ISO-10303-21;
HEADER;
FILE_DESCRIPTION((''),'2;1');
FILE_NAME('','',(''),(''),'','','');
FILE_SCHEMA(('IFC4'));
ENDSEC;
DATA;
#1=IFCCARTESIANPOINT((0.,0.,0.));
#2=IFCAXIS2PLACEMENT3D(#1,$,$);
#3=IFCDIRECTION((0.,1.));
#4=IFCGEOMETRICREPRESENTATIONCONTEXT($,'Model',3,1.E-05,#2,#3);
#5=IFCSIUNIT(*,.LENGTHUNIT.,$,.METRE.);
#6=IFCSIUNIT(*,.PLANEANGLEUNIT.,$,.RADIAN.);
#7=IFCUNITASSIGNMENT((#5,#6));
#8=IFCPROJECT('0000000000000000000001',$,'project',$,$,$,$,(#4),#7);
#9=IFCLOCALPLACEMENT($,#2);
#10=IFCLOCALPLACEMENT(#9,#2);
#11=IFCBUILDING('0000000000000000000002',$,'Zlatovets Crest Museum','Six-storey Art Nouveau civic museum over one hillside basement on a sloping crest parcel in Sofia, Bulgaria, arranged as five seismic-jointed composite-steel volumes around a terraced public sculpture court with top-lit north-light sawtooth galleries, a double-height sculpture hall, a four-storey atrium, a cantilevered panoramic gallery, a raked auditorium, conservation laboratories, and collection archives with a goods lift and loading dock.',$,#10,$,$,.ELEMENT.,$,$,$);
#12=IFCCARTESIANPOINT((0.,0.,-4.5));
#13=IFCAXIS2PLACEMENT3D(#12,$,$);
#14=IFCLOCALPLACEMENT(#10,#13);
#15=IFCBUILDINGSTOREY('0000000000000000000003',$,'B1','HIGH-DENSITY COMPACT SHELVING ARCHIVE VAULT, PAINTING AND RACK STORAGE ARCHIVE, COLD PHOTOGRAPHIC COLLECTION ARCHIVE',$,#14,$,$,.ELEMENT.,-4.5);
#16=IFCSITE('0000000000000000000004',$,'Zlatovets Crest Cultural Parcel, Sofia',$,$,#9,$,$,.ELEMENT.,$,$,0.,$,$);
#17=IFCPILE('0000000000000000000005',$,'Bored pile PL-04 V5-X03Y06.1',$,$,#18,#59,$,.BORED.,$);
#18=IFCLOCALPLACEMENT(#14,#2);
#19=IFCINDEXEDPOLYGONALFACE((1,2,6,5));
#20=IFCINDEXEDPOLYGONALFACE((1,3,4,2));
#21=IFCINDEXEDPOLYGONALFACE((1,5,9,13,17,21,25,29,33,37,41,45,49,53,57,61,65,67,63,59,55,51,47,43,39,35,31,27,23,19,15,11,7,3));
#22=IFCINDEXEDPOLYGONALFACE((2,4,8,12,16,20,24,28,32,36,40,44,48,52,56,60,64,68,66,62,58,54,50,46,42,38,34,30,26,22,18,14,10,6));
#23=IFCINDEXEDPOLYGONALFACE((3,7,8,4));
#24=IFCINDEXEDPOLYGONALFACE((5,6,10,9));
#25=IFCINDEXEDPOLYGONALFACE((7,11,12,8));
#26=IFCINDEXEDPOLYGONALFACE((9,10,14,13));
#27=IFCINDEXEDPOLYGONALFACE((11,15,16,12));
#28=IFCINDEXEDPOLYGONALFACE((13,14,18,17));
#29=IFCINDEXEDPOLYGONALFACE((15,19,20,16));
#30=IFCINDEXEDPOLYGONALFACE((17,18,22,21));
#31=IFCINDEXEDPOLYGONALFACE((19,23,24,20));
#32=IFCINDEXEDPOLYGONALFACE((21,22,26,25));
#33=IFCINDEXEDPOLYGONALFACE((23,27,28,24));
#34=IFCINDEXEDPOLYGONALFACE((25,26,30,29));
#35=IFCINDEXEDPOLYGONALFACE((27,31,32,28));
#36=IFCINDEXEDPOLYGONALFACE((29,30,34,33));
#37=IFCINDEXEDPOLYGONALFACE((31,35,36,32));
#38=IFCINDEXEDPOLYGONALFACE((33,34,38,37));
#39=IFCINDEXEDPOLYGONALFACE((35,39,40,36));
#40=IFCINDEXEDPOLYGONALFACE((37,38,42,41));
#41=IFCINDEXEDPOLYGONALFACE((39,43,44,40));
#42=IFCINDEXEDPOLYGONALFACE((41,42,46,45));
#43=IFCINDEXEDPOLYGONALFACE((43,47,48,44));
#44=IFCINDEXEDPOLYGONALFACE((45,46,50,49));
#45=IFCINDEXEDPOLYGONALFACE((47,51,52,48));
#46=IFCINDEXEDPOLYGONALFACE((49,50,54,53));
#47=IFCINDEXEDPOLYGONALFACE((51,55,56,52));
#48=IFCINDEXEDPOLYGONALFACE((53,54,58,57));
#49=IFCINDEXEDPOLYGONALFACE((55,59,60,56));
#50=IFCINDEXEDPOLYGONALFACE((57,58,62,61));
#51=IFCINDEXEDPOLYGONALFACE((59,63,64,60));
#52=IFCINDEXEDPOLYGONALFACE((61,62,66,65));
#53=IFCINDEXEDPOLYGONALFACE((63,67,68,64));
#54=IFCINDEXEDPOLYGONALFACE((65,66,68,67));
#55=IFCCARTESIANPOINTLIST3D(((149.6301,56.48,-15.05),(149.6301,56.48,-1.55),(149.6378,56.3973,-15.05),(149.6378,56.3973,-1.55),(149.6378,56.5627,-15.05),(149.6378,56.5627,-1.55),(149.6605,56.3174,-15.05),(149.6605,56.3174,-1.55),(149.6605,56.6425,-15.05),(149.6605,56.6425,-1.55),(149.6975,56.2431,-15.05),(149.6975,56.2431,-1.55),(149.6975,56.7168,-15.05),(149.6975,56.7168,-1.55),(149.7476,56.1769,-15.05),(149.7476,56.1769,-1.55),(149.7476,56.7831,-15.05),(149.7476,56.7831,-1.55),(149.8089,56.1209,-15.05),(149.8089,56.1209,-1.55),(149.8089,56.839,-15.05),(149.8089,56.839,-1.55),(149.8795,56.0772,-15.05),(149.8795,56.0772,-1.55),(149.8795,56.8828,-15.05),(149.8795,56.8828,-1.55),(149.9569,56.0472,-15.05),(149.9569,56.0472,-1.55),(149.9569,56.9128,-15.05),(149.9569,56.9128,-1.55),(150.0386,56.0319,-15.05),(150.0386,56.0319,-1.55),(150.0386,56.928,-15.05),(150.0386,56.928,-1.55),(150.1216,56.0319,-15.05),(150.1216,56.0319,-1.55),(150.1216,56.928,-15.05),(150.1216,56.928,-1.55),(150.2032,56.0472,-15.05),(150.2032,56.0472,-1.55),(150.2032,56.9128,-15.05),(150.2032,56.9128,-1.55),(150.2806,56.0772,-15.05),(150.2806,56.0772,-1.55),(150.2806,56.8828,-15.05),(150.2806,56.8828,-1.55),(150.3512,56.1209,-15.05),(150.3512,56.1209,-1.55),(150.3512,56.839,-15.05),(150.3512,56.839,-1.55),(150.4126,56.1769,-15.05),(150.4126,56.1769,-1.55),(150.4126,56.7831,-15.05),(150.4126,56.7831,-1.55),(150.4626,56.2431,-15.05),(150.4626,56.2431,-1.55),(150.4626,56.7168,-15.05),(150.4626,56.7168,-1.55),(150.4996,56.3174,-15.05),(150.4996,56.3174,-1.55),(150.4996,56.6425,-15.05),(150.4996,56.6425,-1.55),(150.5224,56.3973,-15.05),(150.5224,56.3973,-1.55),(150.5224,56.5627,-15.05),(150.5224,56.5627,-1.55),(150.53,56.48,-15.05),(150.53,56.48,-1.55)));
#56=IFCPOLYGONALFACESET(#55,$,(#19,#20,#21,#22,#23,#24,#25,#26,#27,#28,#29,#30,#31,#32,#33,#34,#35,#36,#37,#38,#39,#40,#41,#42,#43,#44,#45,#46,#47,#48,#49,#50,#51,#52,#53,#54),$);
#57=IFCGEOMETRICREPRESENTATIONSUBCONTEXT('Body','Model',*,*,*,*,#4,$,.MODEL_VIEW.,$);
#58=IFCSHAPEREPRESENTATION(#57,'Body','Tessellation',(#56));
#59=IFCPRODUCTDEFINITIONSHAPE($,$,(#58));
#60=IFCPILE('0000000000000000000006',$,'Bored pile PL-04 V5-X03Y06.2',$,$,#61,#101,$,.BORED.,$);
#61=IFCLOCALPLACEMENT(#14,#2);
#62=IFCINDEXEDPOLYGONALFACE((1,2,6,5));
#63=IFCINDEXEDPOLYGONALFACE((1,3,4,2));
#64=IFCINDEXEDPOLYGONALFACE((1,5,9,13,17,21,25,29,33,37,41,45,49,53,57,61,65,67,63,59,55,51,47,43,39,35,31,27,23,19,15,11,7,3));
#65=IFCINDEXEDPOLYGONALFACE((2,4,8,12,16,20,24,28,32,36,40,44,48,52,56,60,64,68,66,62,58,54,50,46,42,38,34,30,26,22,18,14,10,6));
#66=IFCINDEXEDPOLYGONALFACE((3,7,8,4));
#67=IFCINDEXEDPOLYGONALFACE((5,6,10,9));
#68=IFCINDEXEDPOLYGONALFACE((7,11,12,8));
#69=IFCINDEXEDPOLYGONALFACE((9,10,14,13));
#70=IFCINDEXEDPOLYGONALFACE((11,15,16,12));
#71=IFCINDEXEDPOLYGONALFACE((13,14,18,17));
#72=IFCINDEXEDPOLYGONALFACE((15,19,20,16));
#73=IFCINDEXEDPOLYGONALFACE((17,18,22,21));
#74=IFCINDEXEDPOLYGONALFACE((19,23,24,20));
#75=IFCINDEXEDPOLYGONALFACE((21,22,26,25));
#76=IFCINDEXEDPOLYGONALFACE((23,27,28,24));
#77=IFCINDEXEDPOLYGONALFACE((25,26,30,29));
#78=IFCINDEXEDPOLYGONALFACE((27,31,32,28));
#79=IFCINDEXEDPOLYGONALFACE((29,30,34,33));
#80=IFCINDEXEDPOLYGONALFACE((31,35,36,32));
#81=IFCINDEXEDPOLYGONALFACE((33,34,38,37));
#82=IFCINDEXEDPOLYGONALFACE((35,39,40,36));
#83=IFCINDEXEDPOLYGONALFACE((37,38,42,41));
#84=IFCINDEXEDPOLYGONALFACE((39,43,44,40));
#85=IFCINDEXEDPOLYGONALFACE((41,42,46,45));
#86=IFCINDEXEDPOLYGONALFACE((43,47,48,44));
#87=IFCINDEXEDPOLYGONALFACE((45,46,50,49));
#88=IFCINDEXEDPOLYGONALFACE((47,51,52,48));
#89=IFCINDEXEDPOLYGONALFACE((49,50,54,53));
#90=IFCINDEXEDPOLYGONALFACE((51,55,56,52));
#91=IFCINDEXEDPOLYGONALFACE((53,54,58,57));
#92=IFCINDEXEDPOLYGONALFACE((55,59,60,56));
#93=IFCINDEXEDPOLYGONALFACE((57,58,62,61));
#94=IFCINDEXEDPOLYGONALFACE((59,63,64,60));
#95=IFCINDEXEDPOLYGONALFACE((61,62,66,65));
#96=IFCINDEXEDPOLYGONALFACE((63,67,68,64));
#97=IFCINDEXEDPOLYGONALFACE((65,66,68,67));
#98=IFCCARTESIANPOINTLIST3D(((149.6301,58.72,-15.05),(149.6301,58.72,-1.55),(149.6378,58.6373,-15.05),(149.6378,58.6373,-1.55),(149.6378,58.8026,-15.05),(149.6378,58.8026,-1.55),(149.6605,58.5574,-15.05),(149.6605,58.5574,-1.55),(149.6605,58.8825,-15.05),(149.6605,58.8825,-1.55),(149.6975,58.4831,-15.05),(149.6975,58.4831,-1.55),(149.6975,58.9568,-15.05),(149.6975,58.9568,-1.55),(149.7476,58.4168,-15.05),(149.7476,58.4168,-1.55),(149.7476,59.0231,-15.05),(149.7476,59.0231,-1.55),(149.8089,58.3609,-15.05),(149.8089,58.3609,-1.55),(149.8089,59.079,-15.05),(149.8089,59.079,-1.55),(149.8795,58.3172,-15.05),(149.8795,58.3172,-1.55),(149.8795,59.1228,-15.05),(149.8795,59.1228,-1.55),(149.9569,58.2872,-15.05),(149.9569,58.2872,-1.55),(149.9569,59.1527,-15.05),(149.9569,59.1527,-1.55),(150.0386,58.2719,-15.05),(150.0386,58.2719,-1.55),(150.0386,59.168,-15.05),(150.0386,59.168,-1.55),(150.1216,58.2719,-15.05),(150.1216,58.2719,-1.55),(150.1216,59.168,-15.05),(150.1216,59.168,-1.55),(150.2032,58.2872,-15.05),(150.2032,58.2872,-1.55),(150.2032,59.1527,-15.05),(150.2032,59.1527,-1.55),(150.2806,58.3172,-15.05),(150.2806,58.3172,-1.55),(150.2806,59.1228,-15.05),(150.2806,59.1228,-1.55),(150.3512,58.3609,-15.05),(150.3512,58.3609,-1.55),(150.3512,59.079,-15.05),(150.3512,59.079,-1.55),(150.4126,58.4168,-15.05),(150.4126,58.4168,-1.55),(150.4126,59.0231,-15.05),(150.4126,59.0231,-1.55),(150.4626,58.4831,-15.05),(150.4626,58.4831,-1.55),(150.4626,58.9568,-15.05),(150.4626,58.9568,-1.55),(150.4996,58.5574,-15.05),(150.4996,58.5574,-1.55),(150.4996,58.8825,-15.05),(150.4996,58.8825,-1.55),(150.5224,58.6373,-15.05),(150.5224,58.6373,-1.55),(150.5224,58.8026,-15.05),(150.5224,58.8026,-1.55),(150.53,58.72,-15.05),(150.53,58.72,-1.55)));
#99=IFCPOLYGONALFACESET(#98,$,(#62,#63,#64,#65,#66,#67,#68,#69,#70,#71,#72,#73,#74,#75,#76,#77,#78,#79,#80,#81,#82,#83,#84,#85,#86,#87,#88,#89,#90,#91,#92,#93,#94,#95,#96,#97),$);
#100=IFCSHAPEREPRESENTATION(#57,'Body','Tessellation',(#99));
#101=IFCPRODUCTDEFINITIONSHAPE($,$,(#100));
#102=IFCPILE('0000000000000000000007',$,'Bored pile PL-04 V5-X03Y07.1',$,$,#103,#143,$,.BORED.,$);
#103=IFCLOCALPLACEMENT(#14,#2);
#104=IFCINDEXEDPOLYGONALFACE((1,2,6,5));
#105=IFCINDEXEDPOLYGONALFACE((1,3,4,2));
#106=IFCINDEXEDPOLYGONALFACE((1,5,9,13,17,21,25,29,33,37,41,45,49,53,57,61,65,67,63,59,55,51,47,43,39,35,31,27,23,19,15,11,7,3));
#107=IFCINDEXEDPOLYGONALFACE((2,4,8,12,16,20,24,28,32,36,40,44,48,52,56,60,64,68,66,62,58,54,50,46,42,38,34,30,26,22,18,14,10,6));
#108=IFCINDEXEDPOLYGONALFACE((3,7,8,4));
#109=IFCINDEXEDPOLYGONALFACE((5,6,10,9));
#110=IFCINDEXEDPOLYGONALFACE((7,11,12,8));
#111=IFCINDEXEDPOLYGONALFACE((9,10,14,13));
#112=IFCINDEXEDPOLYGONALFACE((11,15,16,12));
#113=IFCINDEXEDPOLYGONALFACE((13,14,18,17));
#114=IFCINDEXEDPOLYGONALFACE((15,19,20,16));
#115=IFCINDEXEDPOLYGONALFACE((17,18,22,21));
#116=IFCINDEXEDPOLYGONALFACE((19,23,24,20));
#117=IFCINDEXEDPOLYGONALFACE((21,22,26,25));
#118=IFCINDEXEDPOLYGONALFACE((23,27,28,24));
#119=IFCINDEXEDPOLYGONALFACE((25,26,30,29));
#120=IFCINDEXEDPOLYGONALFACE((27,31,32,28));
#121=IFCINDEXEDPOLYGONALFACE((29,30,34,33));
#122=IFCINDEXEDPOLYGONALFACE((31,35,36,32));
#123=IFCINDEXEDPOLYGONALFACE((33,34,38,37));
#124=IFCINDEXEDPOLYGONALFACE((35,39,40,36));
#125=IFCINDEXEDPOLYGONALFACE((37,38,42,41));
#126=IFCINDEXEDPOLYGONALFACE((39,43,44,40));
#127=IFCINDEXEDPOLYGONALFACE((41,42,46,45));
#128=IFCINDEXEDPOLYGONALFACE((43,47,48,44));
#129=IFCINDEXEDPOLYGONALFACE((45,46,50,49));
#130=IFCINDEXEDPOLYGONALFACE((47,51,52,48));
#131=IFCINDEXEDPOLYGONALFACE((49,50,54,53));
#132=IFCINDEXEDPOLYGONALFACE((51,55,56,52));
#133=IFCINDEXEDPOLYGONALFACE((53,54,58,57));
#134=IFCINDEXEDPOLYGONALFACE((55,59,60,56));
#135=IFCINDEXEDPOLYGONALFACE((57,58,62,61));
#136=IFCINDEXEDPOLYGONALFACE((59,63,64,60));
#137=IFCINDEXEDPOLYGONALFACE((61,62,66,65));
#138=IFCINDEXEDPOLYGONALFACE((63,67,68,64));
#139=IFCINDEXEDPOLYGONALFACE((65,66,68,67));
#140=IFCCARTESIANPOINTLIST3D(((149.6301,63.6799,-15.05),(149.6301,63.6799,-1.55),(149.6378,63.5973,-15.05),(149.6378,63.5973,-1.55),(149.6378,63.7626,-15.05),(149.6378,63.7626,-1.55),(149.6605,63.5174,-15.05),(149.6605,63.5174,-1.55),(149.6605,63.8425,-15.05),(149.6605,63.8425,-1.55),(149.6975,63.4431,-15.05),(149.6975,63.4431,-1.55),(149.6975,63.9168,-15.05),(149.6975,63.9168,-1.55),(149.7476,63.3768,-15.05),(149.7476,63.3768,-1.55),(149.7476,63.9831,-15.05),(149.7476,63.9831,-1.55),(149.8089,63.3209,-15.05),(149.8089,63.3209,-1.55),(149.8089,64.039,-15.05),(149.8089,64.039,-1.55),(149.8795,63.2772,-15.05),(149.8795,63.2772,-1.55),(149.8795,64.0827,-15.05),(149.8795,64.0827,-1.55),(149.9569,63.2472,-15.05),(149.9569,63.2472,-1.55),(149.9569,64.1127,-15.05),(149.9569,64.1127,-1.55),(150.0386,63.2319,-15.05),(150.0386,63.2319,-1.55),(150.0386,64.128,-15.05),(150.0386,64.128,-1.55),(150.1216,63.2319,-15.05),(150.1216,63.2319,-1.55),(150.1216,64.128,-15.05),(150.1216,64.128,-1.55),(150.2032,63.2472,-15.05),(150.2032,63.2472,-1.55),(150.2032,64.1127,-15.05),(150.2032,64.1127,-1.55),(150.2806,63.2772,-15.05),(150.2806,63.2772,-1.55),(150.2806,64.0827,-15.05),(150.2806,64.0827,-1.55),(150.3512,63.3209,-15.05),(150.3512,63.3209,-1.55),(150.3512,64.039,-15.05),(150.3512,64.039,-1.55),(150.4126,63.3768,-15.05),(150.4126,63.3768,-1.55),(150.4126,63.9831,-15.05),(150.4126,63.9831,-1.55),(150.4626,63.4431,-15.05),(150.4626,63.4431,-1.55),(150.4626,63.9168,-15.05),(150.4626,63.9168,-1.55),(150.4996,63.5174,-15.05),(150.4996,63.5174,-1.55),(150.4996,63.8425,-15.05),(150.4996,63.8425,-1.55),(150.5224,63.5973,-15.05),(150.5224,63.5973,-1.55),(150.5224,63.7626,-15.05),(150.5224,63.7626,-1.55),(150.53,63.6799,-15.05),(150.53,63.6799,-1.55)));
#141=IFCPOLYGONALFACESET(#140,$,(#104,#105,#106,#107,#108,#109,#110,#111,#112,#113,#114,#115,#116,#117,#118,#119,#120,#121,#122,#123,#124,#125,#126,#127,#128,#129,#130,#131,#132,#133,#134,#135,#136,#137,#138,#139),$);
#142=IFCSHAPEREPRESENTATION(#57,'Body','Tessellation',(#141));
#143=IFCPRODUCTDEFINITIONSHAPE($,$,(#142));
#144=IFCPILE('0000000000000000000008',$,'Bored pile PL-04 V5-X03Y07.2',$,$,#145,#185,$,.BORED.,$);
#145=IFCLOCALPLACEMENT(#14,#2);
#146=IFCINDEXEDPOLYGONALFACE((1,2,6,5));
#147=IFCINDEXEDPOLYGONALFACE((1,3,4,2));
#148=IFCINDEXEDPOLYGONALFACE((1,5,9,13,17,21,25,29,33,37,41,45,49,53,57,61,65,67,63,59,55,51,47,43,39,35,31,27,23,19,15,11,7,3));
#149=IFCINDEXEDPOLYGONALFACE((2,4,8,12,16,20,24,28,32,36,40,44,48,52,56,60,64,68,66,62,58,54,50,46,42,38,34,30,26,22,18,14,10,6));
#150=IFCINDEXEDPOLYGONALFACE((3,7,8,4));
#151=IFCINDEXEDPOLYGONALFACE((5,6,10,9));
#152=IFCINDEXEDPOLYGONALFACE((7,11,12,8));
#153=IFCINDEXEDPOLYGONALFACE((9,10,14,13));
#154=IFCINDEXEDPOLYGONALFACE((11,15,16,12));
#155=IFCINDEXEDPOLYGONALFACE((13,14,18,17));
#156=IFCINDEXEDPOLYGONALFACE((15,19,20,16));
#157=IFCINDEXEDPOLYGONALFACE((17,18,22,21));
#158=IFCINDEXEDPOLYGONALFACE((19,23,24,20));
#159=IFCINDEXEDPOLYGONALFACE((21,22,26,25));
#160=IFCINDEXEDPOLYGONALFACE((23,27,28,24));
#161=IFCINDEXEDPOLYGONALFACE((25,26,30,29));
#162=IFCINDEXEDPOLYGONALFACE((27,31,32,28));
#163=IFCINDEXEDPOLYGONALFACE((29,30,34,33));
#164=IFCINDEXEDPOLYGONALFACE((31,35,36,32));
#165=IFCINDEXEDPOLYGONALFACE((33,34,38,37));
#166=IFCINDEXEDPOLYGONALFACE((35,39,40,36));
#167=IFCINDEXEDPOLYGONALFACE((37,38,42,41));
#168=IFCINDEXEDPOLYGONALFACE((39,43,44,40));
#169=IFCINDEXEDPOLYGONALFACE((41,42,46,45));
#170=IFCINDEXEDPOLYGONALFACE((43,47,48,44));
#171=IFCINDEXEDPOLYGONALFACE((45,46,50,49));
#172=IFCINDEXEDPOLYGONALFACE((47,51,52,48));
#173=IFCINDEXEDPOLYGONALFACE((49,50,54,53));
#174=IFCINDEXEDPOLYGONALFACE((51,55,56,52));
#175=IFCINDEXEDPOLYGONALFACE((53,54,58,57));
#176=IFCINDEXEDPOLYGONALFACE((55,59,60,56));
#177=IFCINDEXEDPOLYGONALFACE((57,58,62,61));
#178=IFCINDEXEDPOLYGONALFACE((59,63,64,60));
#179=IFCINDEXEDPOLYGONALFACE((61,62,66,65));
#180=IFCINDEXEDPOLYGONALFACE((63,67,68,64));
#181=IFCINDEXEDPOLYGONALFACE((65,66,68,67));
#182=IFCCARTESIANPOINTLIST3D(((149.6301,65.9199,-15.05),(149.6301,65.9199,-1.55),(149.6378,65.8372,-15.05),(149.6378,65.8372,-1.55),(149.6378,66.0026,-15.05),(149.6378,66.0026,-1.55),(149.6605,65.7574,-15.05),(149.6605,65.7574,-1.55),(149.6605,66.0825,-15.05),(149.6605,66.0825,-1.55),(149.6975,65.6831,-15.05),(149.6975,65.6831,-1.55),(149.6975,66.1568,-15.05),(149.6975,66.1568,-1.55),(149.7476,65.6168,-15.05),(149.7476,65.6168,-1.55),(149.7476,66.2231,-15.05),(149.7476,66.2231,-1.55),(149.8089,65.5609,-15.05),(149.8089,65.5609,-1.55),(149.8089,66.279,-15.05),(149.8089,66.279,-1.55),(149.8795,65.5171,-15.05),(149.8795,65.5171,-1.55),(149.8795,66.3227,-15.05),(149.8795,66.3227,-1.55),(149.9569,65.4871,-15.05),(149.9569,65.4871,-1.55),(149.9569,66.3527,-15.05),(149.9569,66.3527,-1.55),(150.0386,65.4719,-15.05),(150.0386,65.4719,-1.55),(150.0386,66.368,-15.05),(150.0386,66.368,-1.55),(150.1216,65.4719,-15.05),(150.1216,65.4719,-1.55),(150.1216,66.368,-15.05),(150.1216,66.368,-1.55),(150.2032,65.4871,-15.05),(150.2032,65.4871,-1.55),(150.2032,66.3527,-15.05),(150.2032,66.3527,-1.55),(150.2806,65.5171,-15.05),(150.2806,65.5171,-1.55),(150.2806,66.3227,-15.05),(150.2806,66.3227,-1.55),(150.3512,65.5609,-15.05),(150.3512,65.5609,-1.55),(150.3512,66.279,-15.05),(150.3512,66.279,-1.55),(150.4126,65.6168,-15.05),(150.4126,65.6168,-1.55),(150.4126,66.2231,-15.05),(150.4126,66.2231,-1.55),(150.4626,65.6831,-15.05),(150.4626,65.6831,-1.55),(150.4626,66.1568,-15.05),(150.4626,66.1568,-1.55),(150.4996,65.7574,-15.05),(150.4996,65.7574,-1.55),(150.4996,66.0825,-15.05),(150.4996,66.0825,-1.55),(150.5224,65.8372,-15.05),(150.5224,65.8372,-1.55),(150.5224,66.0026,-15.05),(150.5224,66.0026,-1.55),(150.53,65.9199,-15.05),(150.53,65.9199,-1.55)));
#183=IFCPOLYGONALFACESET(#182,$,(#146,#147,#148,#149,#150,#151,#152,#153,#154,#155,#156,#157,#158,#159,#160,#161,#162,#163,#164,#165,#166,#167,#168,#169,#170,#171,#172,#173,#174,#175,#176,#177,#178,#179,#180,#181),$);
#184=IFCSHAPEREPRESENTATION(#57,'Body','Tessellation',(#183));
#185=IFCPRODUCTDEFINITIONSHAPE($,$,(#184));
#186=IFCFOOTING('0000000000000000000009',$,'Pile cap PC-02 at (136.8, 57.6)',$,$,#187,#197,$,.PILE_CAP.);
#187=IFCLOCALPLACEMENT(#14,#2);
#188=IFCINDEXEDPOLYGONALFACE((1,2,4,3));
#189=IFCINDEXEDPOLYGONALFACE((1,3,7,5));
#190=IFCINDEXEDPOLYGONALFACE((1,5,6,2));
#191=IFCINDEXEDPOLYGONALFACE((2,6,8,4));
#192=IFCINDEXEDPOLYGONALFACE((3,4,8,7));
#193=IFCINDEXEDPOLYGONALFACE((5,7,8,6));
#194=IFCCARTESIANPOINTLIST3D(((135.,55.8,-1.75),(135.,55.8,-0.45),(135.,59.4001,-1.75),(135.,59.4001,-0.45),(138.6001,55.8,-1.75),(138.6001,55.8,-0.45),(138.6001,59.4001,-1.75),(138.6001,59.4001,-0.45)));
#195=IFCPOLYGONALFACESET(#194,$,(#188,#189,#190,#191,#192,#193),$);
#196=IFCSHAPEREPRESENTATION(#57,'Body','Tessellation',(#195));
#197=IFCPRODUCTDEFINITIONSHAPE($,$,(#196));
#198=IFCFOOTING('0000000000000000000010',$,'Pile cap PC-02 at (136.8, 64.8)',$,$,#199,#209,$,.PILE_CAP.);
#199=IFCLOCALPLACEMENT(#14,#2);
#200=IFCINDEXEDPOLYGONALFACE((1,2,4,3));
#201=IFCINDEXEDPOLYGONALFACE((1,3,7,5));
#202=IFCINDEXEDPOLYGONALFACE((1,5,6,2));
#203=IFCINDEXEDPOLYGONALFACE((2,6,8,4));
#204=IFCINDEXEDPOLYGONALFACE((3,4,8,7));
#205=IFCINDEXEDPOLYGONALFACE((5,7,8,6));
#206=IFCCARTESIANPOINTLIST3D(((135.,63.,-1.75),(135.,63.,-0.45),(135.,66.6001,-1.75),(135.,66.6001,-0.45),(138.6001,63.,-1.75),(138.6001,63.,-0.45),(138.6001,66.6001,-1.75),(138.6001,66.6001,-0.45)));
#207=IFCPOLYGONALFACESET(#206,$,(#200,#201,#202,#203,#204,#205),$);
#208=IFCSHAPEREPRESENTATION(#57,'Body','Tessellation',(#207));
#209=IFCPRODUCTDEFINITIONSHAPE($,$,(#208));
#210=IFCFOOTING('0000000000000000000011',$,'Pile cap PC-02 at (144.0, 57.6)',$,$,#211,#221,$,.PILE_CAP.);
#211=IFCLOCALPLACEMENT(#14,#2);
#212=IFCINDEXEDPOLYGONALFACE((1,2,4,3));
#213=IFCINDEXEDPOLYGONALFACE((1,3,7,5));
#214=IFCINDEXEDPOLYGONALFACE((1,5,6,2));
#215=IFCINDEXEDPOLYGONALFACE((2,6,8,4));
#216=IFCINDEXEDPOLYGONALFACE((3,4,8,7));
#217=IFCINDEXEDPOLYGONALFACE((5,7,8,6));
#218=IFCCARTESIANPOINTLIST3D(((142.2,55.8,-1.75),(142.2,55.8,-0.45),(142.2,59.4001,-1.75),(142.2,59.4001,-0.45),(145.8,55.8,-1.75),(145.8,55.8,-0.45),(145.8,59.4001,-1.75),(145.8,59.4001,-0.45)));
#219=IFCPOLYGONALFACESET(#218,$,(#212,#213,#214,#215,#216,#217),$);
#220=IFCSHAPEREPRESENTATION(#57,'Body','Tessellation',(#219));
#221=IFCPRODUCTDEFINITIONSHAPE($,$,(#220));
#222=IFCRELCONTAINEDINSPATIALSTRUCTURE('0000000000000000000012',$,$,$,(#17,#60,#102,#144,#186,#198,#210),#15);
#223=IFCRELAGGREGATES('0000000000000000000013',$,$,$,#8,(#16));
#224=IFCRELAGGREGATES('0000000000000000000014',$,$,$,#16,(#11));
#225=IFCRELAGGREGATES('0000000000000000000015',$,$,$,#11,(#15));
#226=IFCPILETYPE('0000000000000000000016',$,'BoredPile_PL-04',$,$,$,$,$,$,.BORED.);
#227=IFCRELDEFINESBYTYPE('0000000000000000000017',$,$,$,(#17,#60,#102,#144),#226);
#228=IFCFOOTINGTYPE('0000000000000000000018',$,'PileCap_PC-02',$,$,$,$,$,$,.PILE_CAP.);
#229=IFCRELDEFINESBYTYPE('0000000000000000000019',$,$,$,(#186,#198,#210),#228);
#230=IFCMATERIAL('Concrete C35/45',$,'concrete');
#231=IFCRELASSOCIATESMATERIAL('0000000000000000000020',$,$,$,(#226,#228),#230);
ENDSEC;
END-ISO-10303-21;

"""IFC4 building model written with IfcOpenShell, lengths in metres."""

from ifc_helpers import new_model, si_unit, direction, frame, origin, origin_2d, place, context, subcontext, project, spatial, rectangle, circle, extrude, material, material_profile, profile_set, type_object, element, save


model = new_model("IFC4")

# Units and contexts
model_context = context("Model", 3, precision=1e-05, world=origin(), true_north=direction((0.0, 1.0)))
body_context = subcontext(model_context, "Body", "Model", "MODEL_VIEW")
ifc_project = project(units=[si_unit("LENGTHUNIT", "METRE"), si_unit("PLANEANGLEUNIT", "RADIAN")], contexts=[model_context])

# Site, building, storey
site_placement = place(None, origin())
site = spatial("IfcSite", under=ifc_project, at=site_placement, Name="Zlatovets Crest Cultural Parcel, Sofia", CompositionType="ELEMENT", RefElevation=0.0)
building_placement = place(site_placement, origin())
building = spatial("IfcBuilding", under=site, at=building_placement, Name="Zlatovets Crest Museum", Description="Six-storey Art Nouveau civic museum over one hillside basement on a sloping crest parcel in Sofia, Bulgaria, arranged as five seismic-jointed composite-steel volumes around a terraced public sculpture court with top-lit north-light sawtooth galleries, a double-height sculpture hall, a four-storey atrium, a cantilevered panoramic gallery, a raked auditorium, conservation laboratories, and collection archives with a goods lift and loading dock.", CompositionType="ELEMENT")
storey_placement = place(building_placement, frame((0.0, 0.0, -4.5)))
storey = spatial("IfcBuildingStorey", under=building, at=storey_placement, Name="B1", Description="HIGH-DENSITY COMPACT SHELVING ARCHIVE VAULT, PAINTING AND RACK STORAGE ARCHIVE, COLD PHOTOGRAPHIC COLLECTION ARCHIVE", CompositionType="ELEMENT", Elevation=-4.5)

# Piles
ifc_material = material(Name="Concrete C35/45", Category="concrete")
ifc_material_profile_1 = material_profile(ifc_material, circle(Radius=0.45, at=origin_2d()), Name="PILE D900")
ifc_profile_set_1 = profile_set([ifc_material_profile_1], Name="Concrete C35/45")
pile_type = type_object("IfcPileType", Name="BoredPile_PL-04", PredefinedType="BORED", material=ifc_profile_set_1)
for number, where, z_axis, x_axis, name in (
    (1, (150.0801, 56.48, -1.55), (0.0, 0.0, -1.0), (1.0, 0.0, 0.0), "Bored pile PL-04 V5-X03Y06.1"),
    (2, (150.0801, 58.72, -1.55), (0.0, 0.0, -1.0), (1.0, 0.0, 0.0), "Bored pile PL-04 V5-X03Y06.2"),
    (3, (150.0801, 63.6799, -1.55), (0.0, 0.0, -1.0), (1.0, 0.0, 0.0), "Bored pile PL-04 V5-X03Y07.1"),
    (4, (150.0801, 65.9199, -1.55), (0.0, 0.0, -1.0), (1.0, 0.0, 0.0), "Bored pile PL-04 V5-X03Y07.2"),
):
    element("IfcPile", number, at=place(storey_placement, frame(where, z_axis=z_axis, x_axis=x_axis)), inside=storey, type_object=pile_type, Name=name, PredefinedType="BORED", context=body_context, shape_type="SweptSolid", body=[
        extrude(circle(Radius=0.45, at=origin_2d()), origin(), (0.0, 0.0, 1.0), 13.5),
    ])

# Footings
footing_type = type_object("IfcFootingType", Name="PileCap_PC-02", PredefinedType="PILE_CAP", material=ifc_material)
for number, where, z_axis, x_axis, name in (
    (5, (136.8, 57.6001, -1.75), (0.0, 0.0, 1.0), (1.0, 0.0, 0.0), "Pile cap PC-02 at (136.8, 57.6)"),
    (6, (136.8, 64.8, -1.75), (0.0, 0.0, 1.0), (1.0, 0.0, 0.0), "Pile cap PC-02 at (136.8, 64.8)"),
    (7, (144.0, 57.6001, -1.75), (0.0, 0.0, 1.0), (1.0, 0.0, 0.0), "Pile cap PC-02 at (144.0, 57.6)"),
):
    element("IfcFooting", number, at=place(storey_placement, frame(where, z_axis=z_axis, x_axis=x_axis)), inside=storey, type_object=footing_type, Name=name, PredefinedType="PILE_CAP", context=body_context, shape_type="SweptSolid", body=[
        extrude(rectangle(XDim=3.6001, YDim=3.6001, at=origin_2d()), origin(), (0.0, 0.0, 1.0), 1.3),
    ])

save(model, "model.ifc")
